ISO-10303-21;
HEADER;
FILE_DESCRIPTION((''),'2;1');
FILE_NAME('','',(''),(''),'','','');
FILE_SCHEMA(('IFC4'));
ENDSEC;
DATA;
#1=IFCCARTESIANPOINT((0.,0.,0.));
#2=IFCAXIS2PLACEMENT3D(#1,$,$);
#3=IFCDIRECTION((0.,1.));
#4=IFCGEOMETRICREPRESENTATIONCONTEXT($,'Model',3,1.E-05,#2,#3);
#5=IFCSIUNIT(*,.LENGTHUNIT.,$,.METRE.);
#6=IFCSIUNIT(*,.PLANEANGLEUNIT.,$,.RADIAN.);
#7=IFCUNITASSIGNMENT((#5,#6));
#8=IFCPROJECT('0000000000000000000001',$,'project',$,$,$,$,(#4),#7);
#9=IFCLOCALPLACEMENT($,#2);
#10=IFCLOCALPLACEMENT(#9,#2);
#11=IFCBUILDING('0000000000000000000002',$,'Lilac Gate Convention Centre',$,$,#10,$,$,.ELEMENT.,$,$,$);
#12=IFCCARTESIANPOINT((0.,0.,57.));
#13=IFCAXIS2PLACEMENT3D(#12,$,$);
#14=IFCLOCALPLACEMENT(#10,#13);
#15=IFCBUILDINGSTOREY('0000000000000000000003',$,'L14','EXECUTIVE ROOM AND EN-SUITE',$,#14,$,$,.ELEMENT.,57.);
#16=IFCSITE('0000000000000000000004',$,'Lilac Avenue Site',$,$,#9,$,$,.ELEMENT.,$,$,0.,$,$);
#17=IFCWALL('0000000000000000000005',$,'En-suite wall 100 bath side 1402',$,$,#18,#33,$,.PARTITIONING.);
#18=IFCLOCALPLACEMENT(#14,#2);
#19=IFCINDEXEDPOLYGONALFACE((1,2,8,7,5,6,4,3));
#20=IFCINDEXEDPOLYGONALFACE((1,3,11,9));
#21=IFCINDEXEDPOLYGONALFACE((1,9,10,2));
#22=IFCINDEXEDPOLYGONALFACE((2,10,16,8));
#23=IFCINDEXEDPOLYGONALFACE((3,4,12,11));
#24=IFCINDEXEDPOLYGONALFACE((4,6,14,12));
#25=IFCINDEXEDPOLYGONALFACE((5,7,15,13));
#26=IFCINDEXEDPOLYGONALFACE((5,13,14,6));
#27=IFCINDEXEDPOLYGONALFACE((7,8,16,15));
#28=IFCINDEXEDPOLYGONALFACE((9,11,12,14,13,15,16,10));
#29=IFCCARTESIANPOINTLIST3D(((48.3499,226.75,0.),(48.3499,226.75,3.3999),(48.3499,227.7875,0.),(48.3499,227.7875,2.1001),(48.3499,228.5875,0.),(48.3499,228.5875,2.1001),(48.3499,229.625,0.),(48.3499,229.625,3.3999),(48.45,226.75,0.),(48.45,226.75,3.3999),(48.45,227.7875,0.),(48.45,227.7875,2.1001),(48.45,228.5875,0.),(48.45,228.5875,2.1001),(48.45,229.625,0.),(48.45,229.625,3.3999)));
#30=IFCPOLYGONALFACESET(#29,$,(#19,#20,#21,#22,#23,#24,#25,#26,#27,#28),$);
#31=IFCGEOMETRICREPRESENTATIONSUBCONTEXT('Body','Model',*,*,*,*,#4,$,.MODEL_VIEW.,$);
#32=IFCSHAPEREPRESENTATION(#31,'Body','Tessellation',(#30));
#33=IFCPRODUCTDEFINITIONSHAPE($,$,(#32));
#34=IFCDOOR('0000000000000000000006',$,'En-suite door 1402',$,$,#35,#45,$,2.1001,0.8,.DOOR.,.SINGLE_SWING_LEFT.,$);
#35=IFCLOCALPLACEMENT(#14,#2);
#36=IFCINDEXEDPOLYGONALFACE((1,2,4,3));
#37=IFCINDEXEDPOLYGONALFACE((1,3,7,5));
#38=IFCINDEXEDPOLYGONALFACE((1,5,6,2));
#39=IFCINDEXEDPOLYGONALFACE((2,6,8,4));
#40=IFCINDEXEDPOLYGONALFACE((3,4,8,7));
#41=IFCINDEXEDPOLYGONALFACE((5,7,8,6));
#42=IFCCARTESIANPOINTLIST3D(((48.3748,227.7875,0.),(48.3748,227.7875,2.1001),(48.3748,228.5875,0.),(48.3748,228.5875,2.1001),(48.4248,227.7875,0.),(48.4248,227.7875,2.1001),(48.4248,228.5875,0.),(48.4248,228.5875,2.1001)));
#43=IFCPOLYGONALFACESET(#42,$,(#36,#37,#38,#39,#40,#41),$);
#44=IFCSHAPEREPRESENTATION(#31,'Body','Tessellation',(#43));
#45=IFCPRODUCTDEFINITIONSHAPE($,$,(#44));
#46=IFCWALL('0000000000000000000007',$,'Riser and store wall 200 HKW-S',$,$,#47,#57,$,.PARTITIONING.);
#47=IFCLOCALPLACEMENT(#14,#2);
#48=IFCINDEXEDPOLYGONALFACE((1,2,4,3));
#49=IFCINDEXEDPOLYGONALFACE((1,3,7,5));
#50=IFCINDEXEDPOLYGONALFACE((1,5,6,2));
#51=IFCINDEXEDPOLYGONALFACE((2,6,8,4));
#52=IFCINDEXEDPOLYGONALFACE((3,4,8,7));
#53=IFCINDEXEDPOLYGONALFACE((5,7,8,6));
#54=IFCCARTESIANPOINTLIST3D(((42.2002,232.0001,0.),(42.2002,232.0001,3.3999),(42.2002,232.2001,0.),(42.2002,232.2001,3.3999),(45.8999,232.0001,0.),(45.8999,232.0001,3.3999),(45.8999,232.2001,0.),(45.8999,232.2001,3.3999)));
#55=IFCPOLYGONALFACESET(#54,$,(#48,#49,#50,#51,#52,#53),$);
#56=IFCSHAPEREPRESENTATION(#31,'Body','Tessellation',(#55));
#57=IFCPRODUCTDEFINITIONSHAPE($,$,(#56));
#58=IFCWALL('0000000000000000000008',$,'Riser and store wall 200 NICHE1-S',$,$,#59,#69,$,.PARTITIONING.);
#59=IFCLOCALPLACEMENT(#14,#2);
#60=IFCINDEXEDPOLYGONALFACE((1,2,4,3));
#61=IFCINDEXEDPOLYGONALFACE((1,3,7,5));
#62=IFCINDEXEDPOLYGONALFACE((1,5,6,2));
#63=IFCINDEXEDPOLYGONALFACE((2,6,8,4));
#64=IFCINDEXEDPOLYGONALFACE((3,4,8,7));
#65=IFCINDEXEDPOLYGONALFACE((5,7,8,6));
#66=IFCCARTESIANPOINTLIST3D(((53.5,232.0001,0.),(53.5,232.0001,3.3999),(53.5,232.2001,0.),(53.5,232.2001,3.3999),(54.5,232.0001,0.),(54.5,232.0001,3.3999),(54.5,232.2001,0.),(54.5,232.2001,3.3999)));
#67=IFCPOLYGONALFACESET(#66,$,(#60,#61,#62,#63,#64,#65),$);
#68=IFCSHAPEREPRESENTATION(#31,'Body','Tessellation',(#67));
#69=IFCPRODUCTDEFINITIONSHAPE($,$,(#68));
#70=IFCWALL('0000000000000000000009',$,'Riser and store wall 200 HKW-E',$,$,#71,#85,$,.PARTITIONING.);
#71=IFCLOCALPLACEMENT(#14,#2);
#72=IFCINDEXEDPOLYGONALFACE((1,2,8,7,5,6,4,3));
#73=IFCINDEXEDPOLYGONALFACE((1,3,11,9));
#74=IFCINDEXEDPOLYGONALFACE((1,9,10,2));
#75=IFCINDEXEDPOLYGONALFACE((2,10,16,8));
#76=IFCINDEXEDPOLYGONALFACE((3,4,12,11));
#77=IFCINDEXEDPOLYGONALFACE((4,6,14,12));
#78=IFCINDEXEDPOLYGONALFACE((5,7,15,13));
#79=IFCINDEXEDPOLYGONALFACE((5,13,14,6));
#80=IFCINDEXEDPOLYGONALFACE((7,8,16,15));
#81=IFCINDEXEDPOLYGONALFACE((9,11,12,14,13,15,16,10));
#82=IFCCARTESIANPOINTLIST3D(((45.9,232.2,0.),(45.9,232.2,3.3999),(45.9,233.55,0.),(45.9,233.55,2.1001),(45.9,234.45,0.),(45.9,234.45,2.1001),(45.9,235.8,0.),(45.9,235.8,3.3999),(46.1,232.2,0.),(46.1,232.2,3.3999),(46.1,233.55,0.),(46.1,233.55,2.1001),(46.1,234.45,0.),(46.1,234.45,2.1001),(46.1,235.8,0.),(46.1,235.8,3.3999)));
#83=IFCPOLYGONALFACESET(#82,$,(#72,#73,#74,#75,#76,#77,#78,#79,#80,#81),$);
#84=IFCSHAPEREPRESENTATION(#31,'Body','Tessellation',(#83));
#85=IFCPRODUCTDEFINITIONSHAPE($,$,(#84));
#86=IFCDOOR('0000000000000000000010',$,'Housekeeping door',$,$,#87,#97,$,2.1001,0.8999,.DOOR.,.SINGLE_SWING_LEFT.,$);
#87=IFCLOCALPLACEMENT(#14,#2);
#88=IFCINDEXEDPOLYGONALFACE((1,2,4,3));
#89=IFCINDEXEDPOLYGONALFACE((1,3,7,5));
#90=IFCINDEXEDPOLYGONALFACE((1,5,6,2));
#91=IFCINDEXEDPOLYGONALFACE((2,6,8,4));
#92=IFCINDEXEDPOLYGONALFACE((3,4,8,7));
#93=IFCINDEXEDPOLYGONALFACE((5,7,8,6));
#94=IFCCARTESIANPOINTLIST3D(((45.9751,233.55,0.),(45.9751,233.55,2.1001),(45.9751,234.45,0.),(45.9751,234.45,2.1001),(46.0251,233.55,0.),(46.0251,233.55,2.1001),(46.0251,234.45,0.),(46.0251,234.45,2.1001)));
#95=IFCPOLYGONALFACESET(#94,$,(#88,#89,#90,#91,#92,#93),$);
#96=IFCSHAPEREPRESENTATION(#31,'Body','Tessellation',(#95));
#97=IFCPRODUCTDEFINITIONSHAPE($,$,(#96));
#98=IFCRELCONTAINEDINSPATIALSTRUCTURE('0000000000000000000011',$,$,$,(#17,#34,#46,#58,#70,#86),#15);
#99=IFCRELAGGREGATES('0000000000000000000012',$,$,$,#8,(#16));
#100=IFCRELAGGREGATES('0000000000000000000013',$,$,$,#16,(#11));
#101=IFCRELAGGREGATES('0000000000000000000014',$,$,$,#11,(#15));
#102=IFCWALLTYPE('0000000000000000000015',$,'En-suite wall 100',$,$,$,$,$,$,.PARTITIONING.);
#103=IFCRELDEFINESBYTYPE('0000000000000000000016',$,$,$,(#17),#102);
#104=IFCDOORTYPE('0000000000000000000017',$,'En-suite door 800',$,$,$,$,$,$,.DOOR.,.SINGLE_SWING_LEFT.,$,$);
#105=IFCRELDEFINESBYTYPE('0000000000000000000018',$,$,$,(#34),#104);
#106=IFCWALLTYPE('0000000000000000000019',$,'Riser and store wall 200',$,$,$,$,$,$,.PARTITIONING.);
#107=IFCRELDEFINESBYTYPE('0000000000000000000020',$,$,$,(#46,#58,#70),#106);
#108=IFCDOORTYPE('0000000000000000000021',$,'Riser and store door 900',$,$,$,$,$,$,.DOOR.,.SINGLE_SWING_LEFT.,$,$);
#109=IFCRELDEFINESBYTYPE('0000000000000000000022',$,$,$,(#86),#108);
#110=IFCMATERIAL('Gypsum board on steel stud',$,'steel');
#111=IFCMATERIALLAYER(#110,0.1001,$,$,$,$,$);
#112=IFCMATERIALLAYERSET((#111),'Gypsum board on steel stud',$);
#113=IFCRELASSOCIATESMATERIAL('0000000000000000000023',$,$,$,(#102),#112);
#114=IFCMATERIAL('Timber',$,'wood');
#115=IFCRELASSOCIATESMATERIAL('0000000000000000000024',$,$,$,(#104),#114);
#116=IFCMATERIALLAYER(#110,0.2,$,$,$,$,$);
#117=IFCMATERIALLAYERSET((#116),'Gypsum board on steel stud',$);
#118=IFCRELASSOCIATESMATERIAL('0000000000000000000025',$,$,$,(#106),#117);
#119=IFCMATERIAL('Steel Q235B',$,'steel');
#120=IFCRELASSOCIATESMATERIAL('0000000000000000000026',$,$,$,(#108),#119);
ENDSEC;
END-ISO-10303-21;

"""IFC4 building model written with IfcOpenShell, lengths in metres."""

from ifc_helpers import new_model, si_unit, direction, frame, frame_2d, origin, place, context, subcontext, project, spatial, rectangle, extrude, material, layer, layer_set, type_object, element, fill, save


model = new_model("IFC4")

# Units and contexts
model_context = context("Model", 3, precision=1e-05, world=origin(), true_north=direction((0.0, 1.0)))
body_context = subcontext(model_context, "Body", "Model", "MODEL_VIEW")
ifc_project = project(units=[si_unit("LENGTHUNIT", "METRE"), si_unit("PLANEANGLEUNIT", "RADIAN")], contexts=[model_context])

# Site, building, storey
site_placement = place(None, origin())
site = spatial("IfcSite", under=ifc_project, at=site_placement, Name="Lilac Avenue Site", CompositionType="ELEMENT", RefElevation=0.0)
building_placement = place(site_placement, origin())
building = spatial("IfcBuilding", under=site, at=building_placement, Name="Lilac Gate Convention Centre", CompositionType="ELEMENT")
storey_placement = place(building_placement, frame((0.0, 0.0, 57.0)))
storey = spatial("IfcBuildingStorey", under=building, at=storey_placement, Name="L14", Description="EXECUTIVE ROOM AND EN-SUITE", CompositionType="ELEMENT", Elevation=57.0)

# Wall, opening, door
ifc_material_1 = material(Name="Gypsum board on steel stud", Category="steel")
ifc_material_2 = material(Name="Timber", Category="wood")
ifc_layer_1 = layer(ifc_material_1, 0.1001)
ifc_layer_set_1 = layer_set([ifc_layer_1], Name="Gypsum board on steel stud")
wall_type_1 = type_object("IfcWallType", Name="En-suite wall 100", PredefinedType="PARTITIONING", material=ifc_layer_set_1)
wall_1_placement = place(storey_placement, frame((48.3999, 229.625, 0.0), z_axis=(0.0, 0.0, 1.0), x_axis=(0.0, -1.0, 0.0)))
wall_1 = element("IfcWall", 1, at=wall_1_placement, inside=storey, type_object=wall_type_1, Name="En-suite wall 100 bath side 1402", PredefinedType="PARTITIONING", context=body_context, shape_type="SweptSolid", body=[
    extrude(rectangle(XDim=2.875, YDim=0.1001, at=frame_2d((1.4375, 0.0))), origin(), (0.0, 0.0, 1.0), 3.3999),
])
opening_1_placement = place(wall_1_placement, frame((1.0376, 0.0, 0.0)))
opening_1 = element("IfcOpeningElement", 2, at=opening_1_placement, cuts=wall_1, PredefinedType="OPENING", context=body_context, shape_type="SweptSolid", body=[
    extrude(rectangle(XDim=0.8, YDim=2.1001, at=frame_2d((0.3999, 1.05))), frame((0.0, 0.0601, 0.0), z_axis=(0.0, -1.0, 0.0), x_axis=(1.0, 0.0, 0.0)), (0.0, 0.0, 1.0), 0.1201),
])
door_type_1 = type_object("IfcDoorType", Name="En-suite door 800", OperationType="SINGLE_SWING_LEFT", PredefinedType="DOOR", material=ifc_material_2)
door_1_placement = place(opening_1_placement, origin())
door_1 = element("IfcDoor", 3, at=door_1_placement, inside=storey, type_object=door_type_1, Name="En-suite door 1402", OperationType="SINGLE_SWING_LEFT", OverallHeight=2.1001, OverallWidth=0.8, PredefinedType="DOOR", context=body_context, shape_type="SweptSolid", body=[
    extrude(rectangle(XDim=0.8, YDim=2.1001, at=frame_2d((0.3999, 1.05))), frame((0.0, 0.0249, 0.0), z_axis=(0.0, -1.0, 0.0), x_axis=(1.0, 0.0, 0.0)), (0.0, 0.0, 1.0), 0.05),
])
fill(opening_1, door_1)

# Walls
ifc_layer_2 = layer(ifc_material_1, 0.2)
ifc_layer_set_2 = layer_set([ifc_layer_2], Name="Gypsum board on steel stud")
wall_type_2 = type_object("IfcWallType", Name="Riser and store wall 200", PredefinedType="PARTITIONING", material=ifc_layer_set_2)
wall_2_placement = place(storey_placement, frame((42.2002, 232.1001, 0.0), z_axis=(0.0, 0.0, 1.0), x_axis=(1.0, 0.0, 0.0)))
element("IfcWall", 4, at=wall_2_placement, inside=storey, type_object=wall_type_2, Name="Riser and store wall 200 HKW-S", PredefinedType="PARTITIONING", context=body_context, shape_type="SweptSolid", body=[
    extrude(rectangle(XDim=3.6997, YDim=0.2, at=frame_2d((1.8499, 0.0))), origin(), (0.0, 0.0, 1.0), 3.3999),
])
wall_3_placement = place(storey_placement, frame((53.5, 232.1001, 0.0), z_axis=(0.0, 0.0, 1.0), x_axis=(1.0, 0.0, 0.0)))
element("IfcWall", 5, at=wall_3_placement, inside=storey, type_object=wall_type_2, Name="Riser and store wall 200 NICHE1-S", PredefinedType="PARTITIONING", context=body_context, shape_type="SweptSolid", body=[
    extrude(rectangle(XDim=1.0, YDim=0.2, at=frame_2d((0.5, 0.0))), origin(), (0.0, 0.0, 1.0), 3.3999),
])

# Wall, opening, door
wall_4_placement = place(storey_placement, frame((46.0, 232.2, 0.0), z_axis=(0.0, 0.0, 1.0), x_axis=(0.0, 1.0, 0.0)))
wall_4 = element("IfcWall", 6, at=wall_4_placement, inside=storey, type_object=wall_type_2, Name="Riser and store wall 200 HKW-E", PredefinedType="PARTITIONING", context=body_context, shape_type="SweptSolid", body=[
    extrude(rectangle(XDim=3.6001, YDim=0.2, at=frame_2d((1.8, 0.0))), origin(), (0.0, 0.0, 1.0), 3.3999),
])
opening_2_placement = place(wall_4_placement, frame((1.3501, 0.0, 0.0)))
opening_2 = element("IfcOpeningElement", 7, at=opening_2_placement, cuts=wall_4, PredefinedType="OPENING", context=body_context, shape_type="SweptSolid", body=[
    extrude(rectangle(XDim=0.8999, YDim=2.1001, at=frame_2d((0.45, 1.05))), frame((0.0, 0.1099, 0.0), z_axis=(0.0, -1.0, 0.0), x_axis=(1.0, 0.0, 0.0)), (0.0, 0.0, 1.0), 0.22),
])
ifc_material_3 = material(Name="Steel Q235B", Category="steel")
door_type_2 = type_object("IfcDoorType", Name="Riser and store door 900", OperationType="SINGLE_SWING_LEFT", PredefinedType="DOOR", material=ifc_material_3)
door_2_placement = place(opening_2_placement, origin())
door_2 = element("IfcDoor", 8, at=door_2_placement, inside=storey, type_object=door_type_2, Name="Housekeeping door", OperationType="SINGLE_SWING_LEFT", OverallHeight=2.1001, OverallWidth=0.8999, PredefinedType="DOOR", context=body_context, shape_type="SweptSolid", body=[
    extrude(rectangle(XDim=0.8999, YDim=2.1001, at=frame_2d((0.45, 1.05))), frame((0.0, 0.0249, 0.0), z_axis=(0.0, -1.0, 0.0), x_axis=(1.0, 0.0, 0.0)), (0.0, 0.0, 1.0), 0.05),
])
fill(opening_2, door_2)

save(model, "model.ifc")
